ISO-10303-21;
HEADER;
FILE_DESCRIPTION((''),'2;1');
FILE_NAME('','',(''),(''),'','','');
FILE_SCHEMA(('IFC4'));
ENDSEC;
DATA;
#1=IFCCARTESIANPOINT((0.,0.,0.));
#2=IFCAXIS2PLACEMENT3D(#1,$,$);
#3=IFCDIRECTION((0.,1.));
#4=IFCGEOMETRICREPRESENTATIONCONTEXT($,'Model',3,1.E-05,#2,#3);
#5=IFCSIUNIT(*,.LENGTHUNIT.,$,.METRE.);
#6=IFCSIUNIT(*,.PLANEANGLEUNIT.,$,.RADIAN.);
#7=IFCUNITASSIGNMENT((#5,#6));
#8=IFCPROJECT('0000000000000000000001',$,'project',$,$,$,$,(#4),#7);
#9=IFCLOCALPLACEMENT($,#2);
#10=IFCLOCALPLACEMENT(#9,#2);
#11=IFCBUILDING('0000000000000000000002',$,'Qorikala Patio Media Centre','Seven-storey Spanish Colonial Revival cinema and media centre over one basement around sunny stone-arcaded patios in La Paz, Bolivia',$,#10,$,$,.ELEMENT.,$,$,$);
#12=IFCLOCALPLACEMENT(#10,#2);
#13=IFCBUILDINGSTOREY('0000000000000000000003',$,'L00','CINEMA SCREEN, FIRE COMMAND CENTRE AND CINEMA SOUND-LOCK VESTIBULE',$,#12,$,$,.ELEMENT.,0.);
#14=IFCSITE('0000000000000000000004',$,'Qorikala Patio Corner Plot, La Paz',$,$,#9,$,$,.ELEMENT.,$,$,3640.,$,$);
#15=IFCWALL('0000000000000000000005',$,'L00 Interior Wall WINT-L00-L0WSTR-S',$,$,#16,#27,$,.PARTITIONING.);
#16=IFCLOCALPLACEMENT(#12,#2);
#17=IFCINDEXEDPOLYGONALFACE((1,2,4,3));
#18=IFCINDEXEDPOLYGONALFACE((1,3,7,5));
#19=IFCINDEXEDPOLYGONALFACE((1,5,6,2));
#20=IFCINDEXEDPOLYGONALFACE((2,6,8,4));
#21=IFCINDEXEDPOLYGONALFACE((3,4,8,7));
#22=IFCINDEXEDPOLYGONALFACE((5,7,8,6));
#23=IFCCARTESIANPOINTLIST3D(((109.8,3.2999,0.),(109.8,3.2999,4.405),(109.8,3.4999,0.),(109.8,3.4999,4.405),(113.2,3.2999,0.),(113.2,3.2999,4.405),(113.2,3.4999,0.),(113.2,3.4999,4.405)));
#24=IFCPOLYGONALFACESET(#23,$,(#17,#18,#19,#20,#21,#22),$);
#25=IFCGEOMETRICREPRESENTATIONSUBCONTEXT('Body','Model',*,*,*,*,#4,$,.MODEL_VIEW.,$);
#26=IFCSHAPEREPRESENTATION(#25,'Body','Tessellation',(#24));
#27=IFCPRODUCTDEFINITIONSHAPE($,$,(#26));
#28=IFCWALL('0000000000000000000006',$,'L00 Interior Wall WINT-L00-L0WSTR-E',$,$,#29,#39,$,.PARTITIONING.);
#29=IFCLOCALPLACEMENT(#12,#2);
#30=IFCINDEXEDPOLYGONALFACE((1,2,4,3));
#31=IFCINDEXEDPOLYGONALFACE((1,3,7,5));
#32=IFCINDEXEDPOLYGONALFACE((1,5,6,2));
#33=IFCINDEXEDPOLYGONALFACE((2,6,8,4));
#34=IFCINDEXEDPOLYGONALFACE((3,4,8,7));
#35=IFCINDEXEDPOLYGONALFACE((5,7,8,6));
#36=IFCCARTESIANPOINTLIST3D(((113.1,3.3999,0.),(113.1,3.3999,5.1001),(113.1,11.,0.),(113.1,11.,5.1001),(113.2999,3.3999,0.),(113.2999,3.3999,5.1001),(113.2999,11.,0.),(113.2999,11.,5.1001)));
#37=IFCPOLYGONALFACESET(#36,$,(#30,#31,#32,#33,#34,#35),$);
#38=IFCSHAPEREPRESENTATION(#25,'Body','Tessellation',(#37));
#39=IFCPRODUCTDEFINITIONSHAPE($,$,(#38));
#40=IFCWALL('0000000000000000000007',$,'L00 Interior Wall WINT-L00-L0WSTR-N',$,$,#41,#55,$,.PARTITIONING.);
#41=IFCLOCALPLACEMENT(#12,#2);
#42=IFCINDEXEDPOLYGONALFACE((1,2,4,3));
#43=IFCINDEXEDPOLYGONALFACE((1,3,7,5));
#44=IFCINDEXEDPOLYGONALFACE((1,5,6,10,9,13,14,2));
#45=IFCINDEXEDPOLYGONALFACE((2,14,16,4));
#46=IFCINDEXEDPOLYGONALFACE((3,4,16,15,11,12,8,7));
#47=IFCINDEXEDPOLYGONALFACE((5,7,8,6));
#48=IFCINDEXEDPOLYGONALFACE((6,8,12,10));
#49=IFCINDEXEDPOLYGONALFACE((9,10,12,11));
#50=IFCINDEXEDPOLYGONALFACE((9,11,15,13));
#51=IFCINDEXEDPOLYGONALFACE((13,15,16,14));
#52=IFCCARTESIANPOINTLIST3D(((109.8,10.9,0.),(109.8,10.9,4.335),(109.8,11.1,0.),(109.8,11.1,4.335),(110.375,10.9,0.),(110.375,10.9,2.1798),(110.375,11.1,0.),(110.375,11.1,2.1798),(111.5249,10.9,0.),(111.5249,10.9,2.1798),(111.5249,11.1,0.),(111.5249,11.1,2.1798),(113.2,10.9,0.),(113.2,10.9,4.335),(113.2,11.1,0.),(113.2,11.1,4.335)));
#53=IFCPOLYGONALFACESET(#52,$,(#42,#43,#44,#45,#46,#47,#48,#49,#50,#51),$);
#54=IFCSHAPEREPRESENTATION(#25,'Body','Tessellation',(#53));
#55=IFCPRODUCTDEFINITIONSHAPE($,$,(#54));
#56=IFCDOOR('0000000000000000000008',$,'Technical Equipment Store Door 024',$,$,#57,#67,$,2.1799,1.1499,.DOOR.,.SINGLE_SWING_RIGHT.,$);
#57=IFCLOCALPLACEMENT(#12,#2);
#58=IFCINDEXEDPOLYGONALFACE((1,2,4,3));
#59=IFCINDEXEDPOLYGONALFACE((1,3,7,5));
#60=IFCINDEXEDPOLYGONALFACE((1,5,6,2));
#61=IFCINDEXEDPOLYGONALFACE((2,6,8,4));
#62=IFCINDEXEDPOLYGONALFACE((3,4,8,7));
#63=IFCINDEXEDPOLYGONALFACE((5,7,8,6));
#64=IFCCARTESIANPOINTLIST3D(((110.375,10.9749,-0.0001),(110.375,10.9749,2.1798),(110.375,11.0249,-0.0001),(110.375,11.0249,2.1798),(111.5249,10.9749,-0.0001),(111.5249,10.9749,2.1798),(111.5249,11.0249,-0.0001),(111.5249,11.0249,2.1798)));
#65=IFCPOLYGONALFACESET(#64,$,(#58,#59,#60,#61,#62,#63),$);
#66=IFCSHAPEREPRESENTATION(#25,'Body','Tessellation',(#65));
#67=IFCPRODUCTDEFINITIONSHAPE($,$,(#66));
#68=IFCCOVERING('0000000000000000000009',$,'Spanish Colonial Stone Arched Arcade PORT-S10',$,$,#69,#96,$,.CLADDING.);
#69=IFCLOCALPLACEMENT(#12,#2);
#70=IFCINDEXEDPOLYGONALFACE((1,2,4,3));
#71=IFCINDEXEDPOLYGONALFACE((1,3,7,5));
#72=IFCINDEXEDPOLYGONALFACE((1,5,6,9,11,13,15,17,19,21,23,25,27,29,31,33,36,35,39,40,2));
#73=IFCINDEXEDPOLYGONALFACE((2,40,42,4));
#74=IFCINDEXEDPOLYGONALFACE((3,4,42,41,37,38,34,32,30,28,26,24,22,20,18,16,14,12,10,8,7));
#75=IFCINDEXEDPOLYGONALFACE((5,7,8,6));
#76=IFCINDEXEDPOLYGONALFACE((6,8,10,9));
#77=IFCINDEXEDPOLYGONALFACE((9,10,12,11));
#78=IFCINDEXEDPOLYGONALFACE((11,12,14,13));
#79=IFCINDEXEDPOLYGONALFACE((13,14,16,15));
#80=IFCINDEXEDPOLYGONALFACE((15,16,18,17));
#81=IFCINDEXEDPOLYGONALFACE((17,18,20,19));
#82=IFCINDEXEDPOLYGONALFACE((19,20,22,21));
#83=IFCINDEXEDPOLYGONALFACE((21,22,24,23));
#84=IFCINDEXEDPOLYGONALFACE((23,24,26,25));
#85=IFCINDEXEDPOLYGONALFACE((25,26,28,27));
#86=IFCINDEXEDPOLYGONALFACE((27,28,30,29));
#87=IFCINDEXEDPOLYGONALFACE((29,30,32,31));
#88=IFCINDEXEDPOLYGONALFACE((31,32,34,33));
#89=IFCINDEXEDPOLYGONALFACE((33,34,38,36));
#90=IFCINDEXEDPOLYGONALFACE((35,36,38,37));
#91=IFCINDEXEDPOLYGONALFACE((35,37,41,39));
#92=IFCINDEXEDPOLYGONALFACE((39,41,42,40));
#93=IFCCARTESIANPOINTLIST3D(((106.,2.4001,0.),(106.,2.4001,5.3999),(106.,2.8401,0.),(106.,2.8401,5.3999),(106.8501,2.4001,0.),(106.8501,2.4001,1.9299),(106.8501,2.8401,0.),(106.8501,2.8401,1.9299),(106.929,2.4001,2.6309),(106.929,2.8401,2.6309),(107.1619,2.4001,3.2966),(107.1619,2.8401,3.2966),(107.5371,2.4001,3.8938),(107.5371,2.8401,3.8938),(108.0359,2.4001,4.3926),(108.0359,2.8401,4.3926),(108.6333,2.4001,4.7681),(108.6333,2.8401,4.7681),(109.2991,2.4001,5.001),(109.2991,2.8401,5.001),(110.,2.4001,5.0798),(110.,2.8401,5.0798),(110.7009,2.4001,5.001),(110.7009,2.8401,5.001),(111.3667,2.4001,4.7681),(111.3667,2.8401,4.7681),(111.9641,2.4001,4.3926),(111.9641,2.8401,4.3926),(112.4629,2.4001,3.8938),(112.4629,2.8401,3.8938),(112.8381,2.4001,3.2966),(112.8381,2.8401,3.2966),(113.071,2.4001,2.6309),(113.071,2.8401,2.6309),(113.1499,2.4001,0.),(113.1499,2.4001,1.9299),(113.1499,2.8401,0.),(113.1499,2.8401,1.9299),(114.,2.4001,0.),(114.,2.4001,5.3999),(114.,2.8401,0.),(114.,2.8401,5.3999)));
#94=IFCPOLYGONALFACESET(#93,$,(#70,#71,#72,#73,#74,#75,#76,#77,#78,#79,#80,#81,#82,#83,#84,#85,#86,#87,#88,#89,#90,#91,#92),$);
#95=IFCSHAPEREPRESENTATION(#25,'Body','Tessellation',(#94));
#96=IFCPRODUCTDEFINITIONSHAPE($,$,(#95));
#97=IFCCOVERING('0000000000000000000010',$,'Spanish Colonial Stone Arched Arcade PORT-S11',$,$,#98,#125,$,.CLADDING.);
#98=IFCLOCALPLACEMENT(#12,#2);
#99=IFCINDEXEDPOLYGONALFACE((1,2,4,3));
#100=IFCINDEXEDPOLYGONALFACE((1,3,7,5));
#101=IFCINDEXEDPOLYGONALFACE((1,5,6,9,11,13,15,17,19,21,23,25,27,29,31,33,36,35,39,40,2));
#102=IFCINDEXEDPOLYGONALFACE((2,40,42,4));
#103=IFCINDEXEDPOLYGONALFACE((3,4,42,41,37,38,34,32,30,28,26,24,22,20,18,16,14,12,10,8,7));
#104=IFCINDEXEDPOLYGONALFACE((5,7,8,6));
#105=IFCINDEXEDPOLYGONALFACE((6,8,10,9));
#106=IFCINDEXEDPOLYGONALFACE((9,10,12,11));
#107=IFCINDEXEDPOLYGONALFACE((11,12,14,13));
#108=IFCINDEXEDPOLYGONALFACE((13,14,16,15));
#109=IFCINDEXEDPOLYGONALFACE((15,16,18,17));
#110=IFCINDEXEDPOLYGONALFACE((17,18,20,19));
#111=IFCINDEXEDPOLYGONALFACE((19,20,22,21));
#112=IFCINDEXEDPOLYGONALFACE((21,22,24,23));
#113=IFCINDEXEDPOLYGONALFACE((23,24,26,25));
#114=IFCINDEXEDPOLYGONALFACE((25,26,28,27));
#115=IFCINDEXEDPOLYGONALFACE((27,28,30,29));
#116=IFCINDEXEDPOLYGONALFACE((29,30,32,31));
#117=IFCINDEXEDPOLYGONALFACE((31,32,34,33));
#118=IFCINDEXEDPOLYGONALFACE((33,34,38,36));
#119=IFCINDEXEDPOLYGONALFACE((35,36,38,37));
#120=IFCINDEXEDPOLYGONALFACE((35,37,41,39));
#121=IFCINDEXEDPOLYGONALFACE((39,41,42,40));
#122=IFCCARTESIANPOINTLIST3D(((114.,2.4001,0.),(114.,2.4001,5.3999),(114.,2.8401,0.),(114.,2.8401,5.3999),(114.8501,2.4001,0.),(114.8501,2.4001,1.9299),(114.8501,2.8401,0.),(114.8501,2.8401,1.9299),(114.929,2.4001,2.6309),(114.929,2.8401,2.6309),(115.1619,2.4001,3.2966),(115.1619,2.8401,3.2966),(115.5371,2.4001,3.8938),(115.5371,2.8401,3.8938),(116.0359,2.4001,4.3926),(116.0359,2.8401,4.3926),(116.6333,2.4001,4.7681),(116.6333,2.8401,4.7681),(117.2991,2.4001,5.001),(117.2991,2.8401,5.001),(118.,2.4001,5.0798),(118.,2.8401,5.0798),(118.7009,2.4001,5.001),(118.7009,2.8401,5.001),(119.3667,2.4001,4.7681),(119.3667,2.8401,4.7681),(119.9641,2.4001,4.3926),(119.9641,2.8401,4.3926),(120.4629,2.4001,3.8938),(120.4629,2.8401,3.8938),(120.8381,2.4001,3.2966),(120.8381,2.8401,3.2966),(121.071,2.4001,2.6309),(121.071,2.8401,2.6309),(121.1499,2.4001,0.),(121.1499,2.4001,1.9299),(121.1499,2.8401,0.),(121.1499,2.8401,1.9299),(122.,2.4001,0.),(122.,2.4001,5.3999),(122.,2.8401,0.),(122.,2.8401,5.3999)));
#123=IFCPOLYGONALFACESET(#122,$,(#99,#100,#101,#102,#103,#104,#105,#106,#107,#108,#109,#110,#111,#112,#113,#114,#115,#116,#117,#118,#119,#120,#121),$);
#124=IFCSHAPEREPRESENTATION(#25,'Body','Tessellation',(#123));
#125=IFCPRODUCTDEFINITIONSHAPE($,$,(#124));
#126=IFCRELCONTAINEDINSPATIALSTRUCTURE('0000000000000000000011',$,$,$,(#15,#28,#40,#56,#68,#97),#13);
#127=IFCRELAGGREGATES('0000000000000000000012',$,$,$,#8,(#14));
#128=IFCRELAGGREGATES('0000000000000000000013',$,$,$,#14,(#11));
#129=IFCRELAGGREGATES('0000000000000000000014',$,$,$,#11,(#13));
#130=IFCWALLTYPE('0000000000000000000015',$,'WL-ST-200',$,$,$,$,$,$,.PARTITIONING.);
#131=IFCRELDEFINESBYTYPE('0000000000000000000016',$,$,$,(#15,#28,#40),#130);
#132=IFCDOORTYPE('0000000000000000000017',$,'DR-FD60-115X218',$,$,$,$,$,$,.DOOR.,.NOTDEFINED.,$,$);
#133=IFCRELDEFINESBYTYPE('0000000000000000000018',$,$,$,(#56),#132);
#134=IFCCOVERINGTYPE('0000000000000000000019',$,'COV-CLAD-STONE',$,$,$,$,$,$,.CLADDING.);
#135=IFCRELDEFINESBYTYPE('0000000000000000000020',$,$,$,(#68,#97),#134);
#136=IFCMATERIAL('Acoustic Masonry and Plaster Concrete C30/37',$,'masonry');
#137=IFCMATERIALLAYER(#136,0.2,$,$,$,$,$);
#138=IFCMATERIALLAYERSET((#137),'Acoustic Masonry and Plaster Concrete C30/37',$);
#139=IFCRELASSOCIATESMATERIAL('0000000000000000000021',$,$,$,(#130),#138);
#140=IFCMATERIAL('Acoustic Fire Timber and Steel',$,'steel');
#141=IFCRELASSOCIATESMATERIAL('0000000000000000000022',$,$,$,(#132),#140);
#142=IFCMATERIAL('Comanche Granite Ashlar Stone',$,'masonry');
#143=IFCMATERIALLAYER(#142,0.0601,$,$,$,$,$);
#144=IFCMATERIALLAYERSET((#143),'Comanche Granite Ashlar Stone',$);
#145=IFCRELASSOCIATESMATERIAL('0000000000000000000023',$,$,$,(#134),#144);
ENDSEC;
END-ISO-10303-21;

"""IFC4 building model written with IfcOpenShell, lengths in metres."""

from ifc_helpers import new_model, si_unit, direction, frame, frame_2d, origin, place, context, subcontext, project, spatial, polyline, rectangle, outline, extrude, material, layer, layer_set, type_object, element, fill, save


model = new_model("IFC4")

# Units and contexts
model_context = context("Model", 3, precision=1e-05, world=origin(), true_north=direction((0.0, 1.0)))
body_context = subcontext(model_context, "Body", "Model", "MODEL_VIEW")
ifc_project = project(units=[si_unit("LENGTHUNIT", "METRE"), si_unit("PLANEANGLEUNIT", "RADIAN")], contexts=[model_context])

# Site, building, storey
site_placement = place(None, origin())
site = spatial("IfcSite", under=ifc_project, at=site_placement, Name="Qorikala Patio Corner Plot, La Paz", CompositionType="ELEMENT", RefElevation=3640.0)
building_placement = place(site_placement, origin())
building = spatial("IfcBuilding", under=site, at=building_placement, Name="Qorikala Patio Media Centre", Description="Seven-storey Spanish Colonial Revival cinema and media centre over one basement around sunny stone-arcaded patios in La Paz, Bolivia", CompositionType="ELEMENT")
storey_placement = place(building_placement, origin())
storey = spatial("IfcBuildingStorey", under=building, at=storey_placement, Name="L00", Description="CINEMA SCREEN, FIRE COMMAND CENTRE AND CINEMA SOUND-LOCK VESTIBULE", CompositionType="ELEMENT", Elevation=0.0)

# Shared definitions
ifc_material_1 = material(Name="Acoustic Masonry and Plaster Concrete C30/37", Category="masonry")
ifc_layer_1 = layer(ifc_material_1, 0.2)
ifc_layer_set_1 = layer_set([ifc_layer_1], Name="Acoustic Masonry and Plaster Concrete C30/37")
wall_type_1 = type_object("IfcWallType", Name="WL-ST-200", PredefinedType="PARTITIONING", material=ifc_layer_set_1)

# Shared definitions
ifc_material_2 = material(Name="Acoustic Fire Timber and Steel", Category="steel")

# Walls
wall_1_placement = place(storey_placement, frame((109.8, 3.3999, 0.0), z_axis=(0.0, 0.0, 1.0), x_axis=(1.0, 0.0, 0.0)))
element("IfcWall", 1, at=wall_1_placement, inside=storey, type_object=wall_type_1, Name="L00 Interior Wall WINT-L00-L0WSTR-S", PredefinedType="PARTITIONING", context=body_context, shape_type="SweptSolid", body=[
    extrude(rectangle(XDim=3.3999, YDim=0.2, at=frame_2d((1.7, 0.0))), origin(), (0.0, 0.0, 1.0), 4.405),
])
wall_2_placement = place(storey_placement, frame((113.2, 3.3999, 0.0), z_axis=(0.0, 0.0, 1.0), x_axis=(0.0, 1.0, 0.0)))
element("IfcWall", 2, at=wall_2_placement, inside=storey, type_object=wall_type_1, Name="L00 Interior Wall WINT-L00-L0WSTR-E", PredefinedType="PARTITIONING", context=body_context, shape_type="SweptSolid", body=[
    extrude(rectangle(XDim=7.6001, YDim=0.2, at=frame_2d((3.8, 0.0))), origin(), (0.0, 0.0, 1.0), 5.1001),
])

# Wall, opening, door
wall_3_placement = place(storey_placement, frame((109.8, 11.0, 0.0), z_axis=(0.0, 0.0, 1.0), x_axis=(1.0, 0.0, 0.0)))
wall_3 = element("IfcWall", 3, at=wall_3_placement, inside=storey, type_object=wall_type_1, Name="L00 Interior Wall WINT-L00-L0WSTR-N", PredefinedType="PARTITIONING", context=body_context, shape_type="SweptSolid", body=[
    extrude(rectangle(XDim=3.3999, YDim=0.2, at=frame_2d((1.7, 0.0))), origin(), (0.0, 0.0, 1.0), 4.335),
])
opening_1_placement = place(wall_3_placement, frame((0.575, 0.0, 0.0)))
opening_1 = element("IfcOpeningElement", 4, at=opening_1_placement, cuts=wall_3, PredefinedType="OPENING", context=body_context, shape_type="SweptSolid", body=[
    extrude(rectangle(XDim=1.1499, YDim=2.1799, at=frame_2d((0.575, 1.0898))), frame((0.0, 0.1099, 0.0), z_axis=(0.0, -1.0, 0.0), x_axis=(1.0, 0.0, 0.0)), (0.0, 0.0, 1.0), 0.22),
])
door_type_1 = type_object("IfcDoorType", Name="DR-FD60-115X218", OperationType="NOTDEFINED", PredefinedType="DOOR", material=ifc_material_2)
door_1_placement = place(opening_1_placement, origin())
door_1 = element("IfcDoor", 5, at=door_1_placement, inside=storey, type_object=door_type_1, Name="Technical Equipment Store Door 024", OperationType="SINGLE_SWING_RIGHT", OverallHeight=2.1799, OverallWidth=1.1499, PredefinedType="DOOR", context=body_context, shape_type="SweptSolid", body=[
    extrude(rectangle(XDim=1.1499, YDim=2.1799, at=frame_2d((0.575, 1.0898))), frame((0.0, 0.0249, 0.0), z_axis=(0.0, -1.0, 0.0), x_axis=(1.0, 0.0, 0.0)), (0.0, 0.0, 1.0), 0.05),
])
fill(opening_1, door_1)

# Coverings
ifc_material_3 = material(Name="Comanche Granite Ashlar Stone", Category="masonry")
ifc_layer_2 = layer(ifc_material_3, 0.0601)
ifc_layer_set_2 = layer_set([ifc_layer_2], Name="Comanche Granite Ashlar Stone")
covering_type = type_object("IfcCoveringType", Name="COV-CLAD-STONE", PredefinedType="CLADDING", material=ifc_layer_set_2)
for number, where, z_axis, x_axis, name in (
    (6, (106.0, 2.6201, 0.0), (0.0, 0.0, 1.0), (1.0, 0.0, 0.0), "Spanish Colonial Stone Arched Arcade PORT-S10"),
    (7, (114.0, 2.6201, 0.0), (0.0, 0.0, 1.0), (1.0, 0.0, 0.0), "Spanish Colonial Stone Arched Arcade PORT-S11"),
):
    element("IfcCovering", number, at=place(storey_placement, frame(where, z_axis=z_axis, x_axis=x_axis)), inside=storey, type_object=covering_type, Name=name, PredefinedType="CLADDING", context=body_context, shape_type="SweptSolid", body=[
        extrude(outline(polyline([(0.0, 0.0), (0.8501, 0.0), (0.8501, 1.9299), (0.929, 2.6309), (1.1619, 3.2966), (1.5371, 3.8938), (2.0359, 4.3926), (2.6333, 4.7681), (3.2991, 5.001), (4.0, 5.0798), (4.7009, 5.001), (5.3667, 4.7681), (5.9641, 4.3926), (6.4629, 3.8938), (6.8381, 3.2966), (7.071, 2.6309), (7.1499, 1.9299), (7.1499, 0.0), (8.0, 0.0), (8.0, 5.3999), (0.0, 5.3999), (0.0, 0.0)])), frame((0.0, 0.22, 0.0), z_axis=(0.0, -1.0, 0.0), x_axis=(1.0, 0.0, 0.0)), (0.0, 0.0, 1.0), 0.4399),
    ])

save(model, "model.ifc")
